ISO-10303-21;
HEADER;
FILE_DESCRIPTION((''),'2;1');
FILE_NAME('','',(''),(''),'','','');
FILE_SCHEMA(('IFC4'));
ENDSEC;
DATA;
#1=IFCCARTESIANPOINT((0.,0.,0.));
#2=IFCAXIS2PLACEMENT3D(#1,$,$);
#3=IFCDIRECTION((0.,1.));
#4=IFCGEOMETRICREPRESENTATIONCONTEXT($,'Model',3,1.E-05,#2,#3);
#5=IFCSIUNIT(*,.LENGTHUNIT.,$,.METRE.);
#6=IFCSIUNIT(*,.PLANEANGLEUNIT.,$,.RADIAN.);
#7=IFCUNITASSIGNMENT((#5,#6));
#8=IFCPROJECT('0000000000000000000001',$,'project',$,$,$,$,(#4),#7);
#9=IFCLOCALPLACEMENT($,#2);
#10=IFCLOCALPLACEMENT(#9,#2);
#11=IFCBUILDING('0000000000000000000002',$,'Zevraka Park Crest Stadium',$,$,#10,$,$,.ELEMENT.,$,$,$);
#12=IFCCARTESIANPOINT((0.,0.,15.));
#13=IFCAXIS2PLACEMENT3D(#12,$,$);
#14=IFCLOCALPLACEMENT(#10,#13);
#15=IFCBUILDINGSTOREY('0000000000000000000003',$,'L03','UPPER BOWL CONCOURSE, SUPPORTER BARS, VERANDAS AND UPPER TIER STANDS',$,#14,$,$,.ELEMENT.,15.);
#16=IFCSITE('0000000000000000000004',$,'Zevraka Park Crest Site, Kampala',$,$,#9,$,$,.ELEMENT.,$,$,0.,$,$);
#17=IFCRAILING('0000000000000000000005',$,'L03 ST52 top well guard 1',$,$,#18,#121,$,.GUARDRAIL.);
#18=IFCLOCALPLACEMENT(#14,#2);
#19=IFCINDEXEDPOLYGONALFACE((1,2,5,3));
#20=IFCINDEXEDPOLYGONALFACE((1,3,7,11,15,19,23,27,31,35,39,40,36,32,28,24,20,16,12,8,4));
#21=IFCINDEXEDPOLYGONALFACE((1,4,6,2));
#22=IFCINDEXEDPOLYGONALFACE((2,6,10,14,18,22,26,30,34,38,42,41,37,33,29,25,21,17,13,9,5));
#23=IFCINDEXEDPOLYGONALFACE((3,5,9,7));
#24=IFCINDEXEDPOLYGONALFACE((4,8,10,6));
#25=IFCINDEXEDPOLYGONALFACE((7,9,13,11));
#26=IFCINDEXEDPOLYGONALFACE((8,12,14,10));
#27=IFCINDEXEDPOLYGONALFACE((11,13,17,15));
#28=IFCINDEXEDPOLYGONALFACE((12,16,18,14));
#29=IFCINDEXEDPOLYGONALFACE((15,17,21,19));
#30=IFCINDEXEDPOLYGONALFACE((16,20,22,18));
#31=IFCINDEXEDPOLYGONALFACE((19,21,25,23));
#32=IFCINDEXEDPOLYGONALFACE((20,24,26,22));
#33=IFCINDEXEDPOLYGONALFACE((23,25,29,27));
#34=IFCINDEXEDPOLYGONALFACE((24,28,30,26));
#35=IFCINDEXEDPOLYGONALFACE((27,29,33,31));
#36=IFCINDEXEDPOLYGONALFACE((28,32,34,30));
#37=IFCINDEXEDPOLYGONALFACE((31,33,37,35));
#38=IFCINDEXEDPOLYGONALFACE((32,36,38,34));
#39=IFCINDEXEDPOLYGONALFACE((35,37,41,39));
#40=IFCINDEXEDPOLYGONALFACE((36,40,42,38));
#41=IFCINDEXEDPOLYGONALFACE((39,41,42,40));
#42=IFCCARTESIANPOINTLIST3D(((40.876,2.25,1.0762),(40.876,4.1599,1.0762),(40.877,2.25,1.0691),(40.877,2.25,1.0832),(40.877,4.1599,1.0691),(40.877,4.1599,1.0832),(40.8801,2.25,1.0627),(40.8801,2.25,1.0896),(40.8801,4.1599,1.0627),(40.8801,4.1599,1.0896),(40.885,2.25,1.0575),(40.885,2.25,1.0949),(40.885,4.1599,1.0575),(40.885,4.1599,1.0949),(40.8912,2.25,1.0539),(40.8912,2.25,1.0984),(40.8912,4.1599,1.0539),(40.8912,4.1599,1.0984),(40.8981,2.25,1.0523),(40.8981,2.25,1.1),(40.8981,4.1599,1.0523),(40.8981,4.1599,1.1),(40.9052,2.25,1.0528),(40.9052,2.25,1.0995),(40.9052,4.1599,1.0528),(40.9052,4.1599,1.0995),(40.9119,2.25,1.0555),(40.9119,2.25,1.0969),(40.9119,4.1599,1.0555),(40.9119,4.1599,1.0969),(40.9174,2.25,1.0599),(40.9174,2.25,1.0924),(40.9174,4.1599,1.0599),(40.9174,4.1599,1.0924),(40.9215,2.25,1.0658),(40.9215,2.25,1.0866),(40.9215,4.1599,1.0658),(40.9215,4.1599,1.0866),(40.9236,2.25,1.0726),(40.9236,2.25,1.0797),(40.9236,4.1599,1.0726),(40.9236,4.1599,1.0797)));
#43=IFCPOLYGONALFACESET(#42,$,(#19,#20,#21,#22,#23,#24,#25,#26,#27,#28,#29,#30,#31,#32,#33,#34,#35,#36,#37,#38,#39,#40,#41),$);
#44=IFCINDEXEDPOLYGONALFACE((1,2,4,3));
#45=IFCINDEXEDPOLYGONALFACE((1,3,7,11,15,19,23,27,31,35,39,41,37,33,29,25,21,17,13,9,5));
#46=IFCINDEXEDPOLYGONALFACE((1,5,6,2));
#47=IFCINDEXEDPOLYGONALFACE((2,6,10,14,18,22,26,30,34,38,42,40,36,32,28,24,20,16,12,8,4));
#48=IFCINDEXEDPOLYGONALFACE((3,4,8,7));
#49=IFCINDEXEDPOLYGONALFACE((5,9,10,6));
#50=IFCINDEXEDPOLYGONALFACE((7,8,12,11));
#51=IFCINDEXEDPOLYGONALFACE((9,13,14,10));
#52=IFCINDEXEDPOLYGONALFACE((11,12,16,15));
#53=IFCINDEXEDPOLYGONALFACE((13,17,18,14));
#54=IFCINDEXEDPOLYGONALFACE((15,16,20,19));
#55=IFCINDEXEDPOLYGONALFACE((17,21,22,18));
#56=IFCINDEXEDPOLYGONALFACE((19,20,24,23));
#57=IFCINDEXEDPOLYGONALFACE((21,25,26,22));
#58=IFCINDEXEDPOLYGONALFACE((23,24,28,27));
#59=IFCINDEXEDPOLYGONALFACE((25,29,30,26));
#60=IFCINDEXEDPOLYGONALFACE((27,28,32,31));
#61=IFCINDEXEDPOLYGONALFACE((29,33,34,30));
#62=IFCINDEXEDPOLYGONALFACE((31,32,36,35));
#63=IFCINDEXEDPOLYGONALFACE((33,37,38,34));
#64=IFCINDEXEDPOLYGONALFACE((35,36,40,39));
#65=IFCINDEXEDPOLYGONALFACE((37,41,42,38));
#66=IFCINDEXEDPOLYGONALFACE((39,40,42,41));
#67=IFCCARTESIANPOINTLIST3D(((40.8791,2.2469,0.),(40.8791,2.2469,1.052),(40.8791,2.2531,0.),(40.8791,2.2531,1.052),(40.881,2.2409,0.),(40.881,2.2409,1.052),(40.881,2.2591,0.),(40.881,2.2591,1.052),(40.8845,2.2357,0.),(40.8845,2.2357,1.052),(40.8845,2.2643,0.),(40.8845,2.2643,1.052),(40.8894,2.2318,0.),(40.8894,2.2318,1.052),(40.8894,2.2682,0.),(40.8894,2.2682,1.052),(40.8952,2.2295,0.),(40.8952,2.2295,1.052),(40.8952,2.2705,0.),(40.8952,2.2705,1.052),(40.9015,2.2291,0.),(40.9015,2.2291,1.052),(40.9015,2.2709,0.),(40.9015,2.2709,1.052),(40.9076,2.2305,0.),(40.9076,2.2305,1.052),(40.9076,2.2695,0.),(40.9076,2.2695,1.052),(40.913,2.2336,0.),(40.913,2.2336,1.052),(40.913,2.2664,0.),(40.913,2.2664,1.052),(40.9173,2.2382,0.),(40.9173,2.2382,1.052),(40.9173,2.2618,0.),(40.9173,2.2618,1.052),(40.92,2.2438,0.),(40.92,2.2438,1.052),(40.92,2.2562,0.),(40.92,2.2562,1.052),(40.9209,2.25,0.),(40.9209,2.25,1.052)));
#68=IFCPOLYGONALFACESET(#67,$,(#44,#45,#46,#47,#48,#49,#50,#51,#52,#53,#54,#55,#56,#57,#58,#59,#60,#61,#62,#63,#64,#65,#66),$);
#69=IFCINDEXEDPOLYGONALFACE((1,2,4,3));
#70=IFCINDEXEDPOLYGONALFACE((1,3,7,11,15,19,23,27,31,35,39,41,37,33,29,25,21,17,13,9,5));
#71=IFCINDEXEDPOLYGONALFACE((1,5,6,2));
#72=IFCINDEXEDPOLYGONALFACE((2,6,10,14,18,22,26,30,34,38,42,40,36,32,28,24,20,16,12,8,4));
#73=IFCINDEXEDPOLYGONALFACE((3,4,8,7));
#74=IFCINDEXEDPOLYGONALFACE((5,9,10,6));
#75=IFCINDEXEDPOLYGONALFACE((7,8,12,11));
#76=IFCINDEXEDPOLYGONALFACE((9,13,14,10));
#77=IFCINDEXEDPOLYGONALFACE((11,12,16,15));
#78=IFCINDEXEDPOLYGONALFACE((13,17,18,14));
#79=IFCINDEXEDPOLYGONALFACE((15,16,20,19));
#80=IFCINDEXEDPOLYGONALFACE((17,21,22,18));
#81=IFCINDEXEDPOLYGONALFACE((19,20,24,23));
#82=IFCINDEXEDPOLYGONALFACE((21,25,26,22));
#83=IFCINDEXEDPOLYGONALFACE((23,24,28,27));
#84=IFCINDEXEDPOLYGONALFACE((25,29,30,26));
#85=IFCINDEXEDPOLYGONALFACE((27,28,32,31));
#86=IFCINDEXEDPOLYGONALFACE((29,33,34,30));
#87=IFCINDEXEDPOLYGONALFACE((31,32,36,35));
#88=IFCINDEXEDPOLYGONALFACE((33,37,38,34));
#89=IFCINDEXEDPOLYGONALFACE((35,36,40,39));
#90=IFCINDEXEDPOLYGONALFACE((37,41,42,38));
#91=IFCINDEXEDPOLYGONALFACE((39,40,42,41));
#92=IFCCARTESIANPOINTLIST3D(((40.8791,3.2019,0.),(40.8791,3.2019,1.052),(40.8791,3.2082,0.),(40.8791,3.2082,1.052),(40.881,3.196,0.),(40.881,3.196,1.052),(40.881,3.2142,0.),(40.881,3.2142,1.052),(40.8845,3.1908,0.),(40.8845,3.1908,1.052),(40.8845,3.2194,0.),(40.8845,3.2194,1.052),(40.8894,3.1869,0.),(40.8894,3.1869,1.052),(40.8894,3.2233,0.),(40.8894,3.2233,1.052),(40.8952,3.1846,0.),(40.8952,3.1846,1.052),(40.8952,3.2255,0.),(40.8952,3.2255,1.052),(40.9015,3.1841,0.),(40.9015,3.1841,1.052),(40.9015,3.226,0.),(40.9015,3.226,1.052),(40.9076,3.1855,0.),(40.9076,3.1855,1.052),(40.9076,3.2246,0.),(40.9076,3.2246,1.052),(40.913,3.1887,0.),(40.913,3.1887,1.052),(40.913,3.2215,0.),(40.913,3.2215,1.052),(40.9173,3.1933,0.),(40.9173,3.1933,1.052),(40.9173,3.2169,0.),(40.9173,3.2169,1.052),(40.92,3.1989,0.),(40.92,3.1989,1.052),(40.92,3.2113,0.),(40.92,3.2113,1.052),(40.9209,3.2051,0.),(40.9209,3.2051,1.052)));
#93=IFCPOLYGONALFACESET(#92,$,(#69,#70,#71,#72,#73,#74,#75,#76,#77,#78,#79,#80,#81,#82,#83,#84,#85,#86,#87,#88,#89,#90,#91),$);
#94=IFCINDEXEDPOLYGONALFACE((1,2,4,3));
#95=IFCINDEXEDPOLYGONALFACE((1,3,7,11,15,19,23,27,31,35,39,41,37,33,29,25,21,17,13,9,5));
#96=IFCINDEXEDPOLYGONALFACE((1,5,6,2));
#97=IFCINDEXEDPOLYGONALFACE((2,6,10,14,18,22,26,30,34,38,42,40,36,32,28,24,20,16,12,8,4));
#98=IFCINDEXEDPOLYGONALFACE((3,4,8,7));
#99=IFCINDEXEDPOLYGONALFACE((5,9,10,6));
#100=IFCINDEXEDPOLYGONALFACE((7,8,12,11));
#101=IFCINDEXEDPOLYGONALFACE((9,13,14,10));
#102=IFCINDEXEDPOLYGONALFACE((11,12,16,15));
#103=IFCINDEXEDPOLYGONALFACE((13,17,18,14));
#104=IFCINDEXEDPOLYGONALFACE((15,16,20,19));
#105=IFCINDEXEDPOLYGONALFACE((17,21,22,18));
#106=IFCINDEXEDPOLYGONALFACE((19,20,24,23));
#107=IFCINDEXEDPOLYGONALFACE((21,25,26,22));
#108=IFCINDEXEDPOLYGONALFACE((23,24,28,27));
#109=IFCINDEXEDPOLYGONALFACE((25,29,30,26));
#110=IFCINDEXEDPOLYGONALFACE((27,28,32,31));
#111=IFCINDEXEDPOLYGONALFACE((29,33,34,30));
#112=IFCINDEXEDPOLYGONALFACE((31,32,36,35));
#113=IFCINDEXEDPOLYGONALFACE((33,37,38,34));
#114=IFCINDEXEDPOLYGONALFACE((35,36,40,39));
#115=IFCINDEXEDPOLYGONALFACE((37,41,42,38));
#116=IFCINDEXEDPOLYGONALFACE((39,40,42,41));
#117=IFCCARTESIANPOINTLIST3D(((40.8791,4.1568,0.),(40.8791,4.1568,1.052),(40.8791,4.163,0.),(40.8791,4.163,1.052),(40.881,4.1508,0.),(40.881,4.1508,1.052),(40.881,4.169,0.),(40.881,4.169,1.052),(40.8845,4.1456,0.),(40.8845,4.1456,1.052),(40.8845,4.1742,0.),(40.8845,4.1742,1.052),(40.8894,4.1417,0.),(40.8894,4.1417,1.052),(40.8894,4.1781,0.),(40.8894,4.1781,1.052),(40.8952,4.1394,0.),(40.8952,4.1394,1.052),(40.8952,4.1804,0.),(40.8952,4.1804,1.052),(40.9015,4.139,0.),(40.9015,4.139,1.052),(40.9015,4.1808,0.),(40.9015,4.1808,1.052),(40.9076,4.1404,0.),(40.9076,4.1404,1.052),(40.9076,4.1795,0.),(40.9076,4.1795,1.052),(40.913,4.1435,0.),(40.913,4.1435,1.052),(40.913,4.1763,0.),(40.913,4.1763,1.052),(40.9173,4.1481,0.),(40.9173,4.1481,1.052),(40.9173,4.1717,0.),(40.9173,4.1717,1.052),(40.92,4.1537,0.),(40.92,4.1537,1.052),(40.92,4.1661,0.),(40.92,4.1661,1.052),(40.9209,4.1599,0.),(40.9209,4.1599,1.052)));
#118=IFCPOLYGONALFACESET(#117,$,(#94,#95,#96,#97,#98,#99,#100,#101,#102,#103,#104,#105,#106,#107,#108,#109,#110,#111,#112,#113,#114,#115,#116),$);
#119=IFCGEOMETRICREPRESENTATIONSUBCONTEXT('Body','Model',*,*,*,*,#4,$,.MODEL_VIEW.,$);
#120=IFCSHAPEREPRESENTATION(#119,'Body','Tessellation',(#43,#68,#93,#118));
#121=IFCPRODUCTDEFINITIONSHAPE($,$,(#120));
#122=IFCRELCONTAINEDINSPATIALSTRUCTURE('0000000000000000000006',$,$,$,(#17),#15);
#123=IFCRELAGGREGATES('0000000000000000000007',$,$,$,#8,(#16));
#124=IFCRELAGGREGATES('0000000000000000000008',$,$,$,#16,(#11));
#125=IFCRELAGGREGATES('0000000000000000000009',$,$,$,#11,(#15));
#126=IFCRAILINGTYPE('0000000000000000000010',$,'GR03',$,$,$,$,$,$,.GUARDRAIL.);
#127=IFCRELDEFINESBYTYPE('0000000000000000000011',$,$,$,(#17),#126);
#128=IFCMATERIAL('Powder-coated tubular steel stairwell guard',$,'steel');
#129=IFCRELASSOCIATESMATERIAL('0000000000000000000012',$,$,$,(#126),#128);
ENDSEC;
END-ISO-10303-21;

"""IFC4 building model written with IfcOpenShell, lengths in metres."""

from ifc_helpers import new_model, si_unit, direction, frame, origin, origin_2d, place, context, subcontext, project, spatial, circle, extrude, material, type_object, element, save


model = new_model("IFC4")

# Units and contexts
model_context = context("Model", 3, precision=1e-05, world=origin(), true_north=direction((0.0, 1.0)))
body_context = subcontext(model_context, "Body", "Model", "MODEL_VIEW")
ifc_project = project(units=[si_unit("LENGTHUNIT", "METRE"), si_unit("PLANEANGLEUNIT", "RADIAN")], contexts=[model_context])

# Site, building, storey
site_placement = place(None, origin())
site = spatial("IfcSite", under=ifc_project, at=site_placement, Name="Zevraka Park Crest Site, Kampala", CompositionType="ELEMENT", RefElevation=0.0)
building_placement = place(site_placement, origin())
building = spatial("IfcBuilding", under=site, at=building_placement, Name="Zevraka Park Crest Stadium", CompositionType="ELEMENT")
storey_placement = place(building_placement, frame((0.0, 0.0, 15.0)))
storey = spatial("IfcBuildingStorey", under=building, at=storey_placement, Name="L03", Description="UPPER BOWL CONCOURSE, SUPPORTER BARS, VERANDAS AND UPPER TIER STANDS", CompositionType="ELEMENT", Elevation=15.0)

# Railing
ifc_material_1 = material(Name="Powder-coated tubular steel stairwell guard", Category="steel")
railing_type = type_object("IfcRailingType", Name="GR03", PredefinedType="GUARDRAIL", material=ifc_material_1)
railing_placement = place(storey_placement, frame((40.8999, 2.25, 0.0)))
element("IfcRailing", 1, at=railing_placement, inside=storey, type_object=railing_type, Name="L03 ST52 top well guard 1", PredefinedType="GUARDRAIL", context=body_context, shape_type="SweptSolid", body=[
    extrude(circle(Radius=0.0239, at=origin_2d()), frame((0.0, 0.0, 1.0762), z_axis=(0.0, 1.0, 0.0), x_axis=(-1.0, 0.0, 0.0)), (0.0, 0.0, 1.0), 1.9099),
    extrude(circle(Radius=0.021, at=origin_2d()), origin(), (0.0, 0.0, 1.0), 1.052),
    extrude(circle(Radius=0.021, at=origin_2d()), frame((0.0, 0.9551, 0.0)), (0.0, 0.0, 1.0), 1.052),
    extrude(circle(Radius=0.021, at=origin_2d()), frame((0.0, 1.9099, 0.0)), (0.0, 0.0, 1.0), 1.052),
])

save(model, "model.ifc")
